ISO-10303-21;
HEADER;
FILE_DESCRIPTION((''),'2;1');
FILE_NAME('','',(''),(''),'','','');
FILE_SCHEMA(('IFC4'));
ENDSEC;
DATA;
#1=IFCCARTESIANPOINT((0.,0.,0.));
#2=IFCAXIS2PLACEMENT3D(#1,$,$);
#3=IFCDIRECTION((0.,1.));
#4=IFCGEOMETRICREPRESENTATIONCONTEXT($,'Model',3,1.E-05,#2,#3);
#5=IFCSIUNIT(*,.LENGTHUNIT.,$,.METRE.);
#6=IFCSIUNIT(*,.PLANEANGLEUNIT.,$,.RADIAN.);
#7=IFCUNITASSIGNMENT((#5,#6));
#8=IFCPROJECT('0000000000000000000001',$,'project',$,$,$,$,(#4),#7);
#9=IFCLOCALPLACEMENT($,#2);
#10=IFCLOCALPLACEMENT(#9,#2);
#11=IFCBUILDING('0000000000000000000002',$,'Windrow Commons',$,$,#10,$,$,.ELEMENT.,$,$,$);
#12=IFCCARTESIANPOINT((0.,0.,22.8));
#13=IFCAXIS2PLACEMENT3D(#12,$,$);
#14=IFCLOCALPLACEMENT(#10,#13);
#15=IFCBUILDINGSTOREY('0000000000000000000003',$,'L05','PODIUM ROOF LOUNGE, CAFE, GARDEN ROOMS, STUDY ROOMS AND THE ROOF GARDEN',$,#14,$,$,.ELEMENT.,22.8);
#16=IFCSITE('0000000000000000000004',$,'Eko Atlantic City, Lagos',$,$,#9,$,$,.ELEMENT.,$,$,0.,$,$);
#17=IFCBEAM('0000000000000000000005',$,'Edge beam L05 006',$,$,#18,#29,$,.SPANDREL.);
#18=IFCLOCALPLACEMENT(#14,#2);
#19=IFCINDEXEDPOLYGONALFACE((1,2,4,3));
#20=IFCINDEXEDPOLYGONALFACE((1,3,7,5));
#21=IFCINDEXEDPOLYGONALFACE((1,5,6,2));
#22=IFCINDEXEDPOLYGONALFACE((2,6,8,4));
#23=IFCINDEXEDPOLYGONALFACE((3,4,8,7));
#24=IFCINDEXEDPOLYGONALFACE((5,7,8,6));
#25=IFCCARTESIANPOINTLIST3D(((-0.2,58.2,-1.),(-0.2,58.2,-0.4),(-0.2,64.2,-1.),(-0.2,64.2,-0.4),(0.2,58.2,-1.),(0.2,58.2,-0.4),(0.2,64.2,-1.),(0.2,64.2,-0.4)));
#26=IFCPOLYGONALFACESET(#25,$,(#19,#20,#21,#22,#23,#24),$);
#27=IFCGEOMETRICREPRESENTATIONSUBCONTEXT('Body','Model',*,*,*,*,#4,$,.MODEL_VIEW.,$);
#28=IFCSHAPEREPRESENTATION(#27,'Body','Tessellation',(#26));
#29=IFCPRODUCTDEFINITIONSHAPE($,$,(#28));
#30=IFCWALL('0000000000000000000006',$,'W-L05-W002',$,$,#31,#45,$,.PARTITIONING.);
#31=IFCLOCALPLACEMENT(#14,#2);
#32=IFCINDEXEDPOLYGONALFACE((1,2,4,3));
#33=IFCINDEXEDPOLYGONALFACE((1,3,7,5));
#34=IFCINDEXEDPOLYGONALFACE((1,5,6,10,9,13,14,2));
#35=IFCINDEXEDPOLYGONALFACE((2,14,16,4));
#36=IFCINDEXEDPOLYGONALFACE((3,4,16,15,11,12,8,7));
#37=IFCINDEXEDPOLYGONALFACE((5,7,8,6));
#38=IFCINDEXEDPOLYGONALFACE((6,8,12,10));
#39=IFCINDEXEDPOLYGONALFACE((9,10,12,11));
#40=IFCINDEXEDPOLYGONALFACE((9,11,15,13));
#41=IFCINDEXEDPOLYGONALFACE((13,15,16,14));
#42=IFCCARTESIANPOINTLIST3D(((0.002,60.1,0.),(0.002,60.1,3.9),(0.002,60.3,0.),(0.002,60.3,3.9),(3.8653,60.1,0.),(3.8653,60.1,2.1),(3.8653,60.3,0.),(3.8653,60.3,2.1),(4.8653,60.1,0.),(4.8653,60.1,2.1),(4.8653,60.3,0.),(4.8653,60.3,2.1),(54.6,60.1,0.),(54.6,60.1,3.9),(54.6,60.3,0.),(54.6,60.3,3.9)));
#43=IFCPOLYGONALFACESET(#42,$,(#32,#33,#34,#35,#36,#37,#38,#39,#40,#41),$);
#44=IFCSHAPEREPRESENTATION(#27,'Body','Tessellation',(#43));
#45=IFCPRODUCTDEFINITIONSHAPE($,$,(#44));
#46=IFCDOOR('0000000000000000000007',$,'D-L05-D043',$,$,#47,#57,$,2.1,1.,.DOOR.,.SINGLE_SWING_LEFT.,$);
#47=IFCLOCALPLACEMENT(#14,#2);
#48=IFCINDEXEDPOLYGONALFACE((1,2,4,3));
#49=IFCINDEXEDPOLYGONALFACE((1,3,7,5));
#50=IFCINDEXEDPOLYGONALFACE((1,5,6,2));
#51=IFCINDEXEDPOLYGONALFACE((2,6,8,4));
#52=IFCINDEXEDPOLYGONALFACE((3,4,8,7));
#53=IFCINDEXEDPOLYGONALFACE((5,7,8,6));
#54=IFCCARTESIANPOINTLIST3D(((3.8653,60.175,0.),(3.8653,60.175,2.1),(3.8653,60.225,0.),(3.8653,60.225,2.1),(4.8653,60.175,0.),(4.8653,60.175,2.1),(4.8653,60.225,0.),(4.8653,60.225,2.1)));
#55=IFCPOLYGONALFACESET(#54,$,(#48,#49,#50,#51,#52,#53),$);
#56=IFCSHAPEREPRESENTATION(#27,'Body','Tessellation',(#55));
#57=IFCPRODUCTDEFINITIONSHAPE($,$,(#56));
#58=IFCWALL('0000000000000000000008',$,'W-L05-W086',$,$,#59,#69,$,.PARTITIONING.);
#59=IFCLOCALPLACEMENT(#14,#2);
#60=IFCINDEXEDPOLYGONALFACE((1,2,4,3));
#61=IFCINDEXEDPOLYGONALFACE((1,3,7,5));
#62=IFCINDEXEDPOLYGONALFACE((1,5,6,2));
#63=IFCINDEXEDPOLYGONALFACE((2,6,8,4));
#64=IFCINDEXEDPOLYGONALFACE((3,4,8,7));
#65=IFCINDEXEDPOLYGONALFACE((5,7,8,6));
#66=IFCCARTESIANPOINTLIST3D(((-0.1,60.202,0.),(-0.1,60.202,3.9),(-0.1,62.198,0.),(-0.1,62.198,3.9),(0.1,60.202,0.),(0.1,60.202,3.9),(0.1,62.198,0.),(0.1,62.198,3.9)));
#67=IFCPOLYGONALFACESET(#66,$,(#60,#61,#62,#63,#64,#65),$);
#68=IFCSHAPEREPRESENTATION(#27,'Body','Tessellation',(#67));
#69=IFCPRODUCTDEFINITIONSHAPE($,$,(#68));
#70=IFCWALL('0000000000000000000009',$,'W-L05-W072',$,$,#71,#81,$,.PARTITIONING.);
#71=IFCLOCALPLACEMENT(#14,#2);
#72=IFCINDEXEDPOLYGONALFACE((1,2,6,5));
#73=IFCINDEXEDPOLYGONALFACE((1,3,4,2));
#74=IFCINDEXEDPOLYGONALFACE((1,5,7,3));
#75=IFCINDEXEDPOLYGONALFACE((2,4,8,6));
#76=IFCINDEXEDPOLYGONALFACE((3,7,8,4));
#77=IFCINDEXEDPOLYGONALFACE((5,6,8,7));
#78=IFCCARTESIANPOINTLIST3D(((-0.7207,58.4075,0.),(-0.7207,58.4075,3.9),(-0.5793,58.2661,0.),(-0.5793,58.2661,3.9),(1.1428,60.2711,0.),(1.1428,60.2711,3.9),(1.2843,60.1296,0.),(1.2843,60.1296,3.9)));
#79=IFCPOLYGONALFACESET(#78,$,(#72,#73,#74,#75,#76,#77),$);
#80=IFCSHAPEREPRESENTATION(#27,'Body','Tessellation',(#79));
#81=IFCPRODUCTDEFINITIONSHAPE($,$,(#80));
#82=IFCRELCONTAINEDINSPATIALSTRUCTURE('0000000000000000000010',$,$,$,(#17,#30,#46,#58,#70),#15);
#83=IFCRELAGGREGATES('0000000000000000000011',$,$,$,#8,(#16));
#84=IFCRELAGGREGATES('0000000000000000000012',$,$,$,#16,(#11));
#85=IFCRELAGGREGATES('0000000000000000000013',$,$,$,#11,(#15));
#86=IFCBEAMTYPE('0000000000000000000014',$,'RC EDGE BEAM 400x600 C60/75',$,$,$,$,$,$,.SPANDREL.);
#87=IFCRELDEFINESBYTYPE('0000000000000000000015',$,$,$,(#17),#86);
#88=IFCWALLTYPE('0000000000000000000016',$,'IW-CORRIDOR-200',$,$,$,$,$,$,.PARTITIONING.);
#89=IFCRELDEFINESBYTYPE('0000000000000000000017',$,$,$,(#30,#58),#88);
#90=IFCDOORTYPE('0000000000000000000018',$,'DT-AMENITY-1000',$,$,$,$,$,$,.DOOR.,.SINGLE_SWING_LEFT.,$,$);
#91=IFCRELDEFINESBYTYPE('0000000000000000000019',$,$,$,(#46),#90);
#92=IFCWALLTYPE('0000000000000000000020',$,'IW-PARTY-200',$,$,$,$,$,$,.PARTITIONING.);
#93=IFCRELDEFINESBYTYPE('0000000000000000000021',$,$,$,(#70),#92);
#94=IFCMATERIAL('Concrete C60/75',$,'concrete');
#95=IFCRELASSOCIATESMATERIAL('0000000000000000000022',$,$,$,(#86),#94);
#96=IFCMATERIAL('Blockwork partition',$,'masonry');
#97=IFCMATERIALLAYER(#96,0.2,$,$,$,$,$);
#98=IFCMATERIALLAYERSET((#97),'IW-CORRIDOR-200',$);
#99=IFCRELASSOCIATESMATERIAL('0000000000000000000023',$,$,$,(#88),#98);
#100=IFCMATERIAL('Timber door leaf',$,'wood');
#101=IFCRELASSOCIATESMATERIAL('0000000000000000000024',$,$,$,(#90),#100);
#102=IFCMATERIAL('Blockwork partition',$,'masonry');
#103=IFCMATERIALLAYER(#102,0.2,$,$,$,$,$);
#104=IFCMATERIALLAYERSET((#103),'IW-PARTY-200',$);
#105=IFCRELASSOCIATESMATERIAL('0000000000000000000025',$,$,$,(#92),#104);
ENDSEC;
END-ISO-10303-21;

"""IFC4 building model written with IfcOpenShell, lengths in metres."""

from ifc_helpers import new_model, si_unit, direction, frame, frame_2d, origin, origin_2d, place, context, subcontext, project, spatial, rectangle, extrude, material, layer, layer_set, material_profile, profile_set, type_object, element, fill, save


model = new_model("IFC4")

# Units and contexts
model_context = context("Model", 3, precision=1e-05, world=origin(), true_north=direction((0.0, 1.0)))
body_context = subcontext(model_context, "Body", "Model", "MODEL_VIEW")
ifc_project = project(units=[si_unit("LENGTHUNIT", "METRE"), si_unit("PLANEANGLEUNIT", "RADIAN")], contexts=[model_context])

# Site, building, storey
site_placement = place(None, origin())
site = spatial("IfcSite", under=ifc_project, at=site_placement, Name="Eko Atlantic City, Lagos", CompositionType="ELEMENT", RefElevation=0.0)
building_placement = place(site_placement, origin())
building = spatial("IfcBuilding", under=site, at=building_placement, Name="Windrow Commons", CompositionType="ELEMENT")
storey_placement = place(building_placement, frame((0.0, 0.0, 22.8)))
storey = spatial("IfcBuildingStorey", under=building, at=storey_placement, Name="L05", Description="PODIUM ROOF LOUNGE, CAFE, GARDEN ROOMS, STUDY ROOMS AND THE ROOF GARDEN", CompositionType="ELEMENT", Elevation=22.8)

# Beam
ifc_material_1 = material(Name="Concrete C60/75", Category="concrete")
ifc_material_profile = material_profile(ifc_material_1, rectangle(XDim=0.4, YDim=0.6, at=origin_2d()))
ifc_profile_set = profile_set([ifc_material_profile], Name="Concrete C60/75")
beam_type = type_object("IfcBeamType", Name="RC EDGE BEAM 400x600 C60/75", PredefinedType="SPANDREL", material=ifc_profile_set)
beam_placement = place(storey_placement, frame((0.0, 58.2, -0.7), z_axis=(0.0, 1.0, 0.0), x_axis=(-1.0, 0.0, 0.0)))
element("IfcBeam", 1, at=beam_placement, inside=storey, type_object=beam_type, Name="Edge beam L05 006", PredefinedType="SPANDREL", context=body_context, shape_type="SweptSolid", body=[
    extrude(rectangle(XDim=0.4, YDim=0.6, at=origin_2d()), origin(), (0.0, 0.0, 1.0), 6.0),
])

# Wall, opening, door
ifc_material_2 = material(Name="Blockwork partition", Category="masonry")
ifc_layer_1 = layer(ifc_material_2, 0.2)
ifc_layer_set_1 = layer_set([ifc_layer_1], Name="IW-CORRIDOR-200")
wall_type_1 = type_object("IfcWallType", Name="IW-CORRIDOR-200", PredefinedType="PARTITIONING", material=ifc_layer_set_1)
wall_1_placement = place(storey_placement, frame((0.002, 60.2, 0.0), z_axis=(0.0, 0.0, 1.0), x_axis=(1.0, 0.0, 0.0)))
wall_1 = element("IfcWall", 2, at=wall_1_placement, inside=storey, type_object=wall_type_1, Name="W-L05-W002", PredefinedType="PARTITIONING", context=body_context, shape_type="SweptSolid", body=[
    extrude(rectangle(XDim=54.598, YDim=0.2, at=frame_2d((27.299, 0.0))), origin(), (0.0, 0.0, 1.0), 3.9),
])
opening_placement = place(wall_1_placement, frame((3.8633, 0.0, 0.0)))
opening = element("IfcOpeningElement", 3, at=opening_placement, cuts=wall_1, PredefinedType="OPENING", context=body_context, shape_type="SweptSolid", body=[
    extrude(rectangle(XDim=1.0, YDim=2.1, at=frame_2d((0.5, 1.05))), frame((0.0, 0.11, 0.0), z_axis=(0.0, -1.0, 0.0), x_axis=(1.0, 0.0, 0.0)), (0.0, 0.0, 1.0), 0.22),
])
ifc_material_3 = material(Name="Timber door leaf", Category="wood")
door_type = type_object("IfcDoorType", Name="DT-AMENITY-1000", OperationType="SINGLE_SWING_LEFT", PredefinedType="DOOR", material=ifc_material_3)
door_placement = place(opening_placement, origin())
door = element("IfcDoor", 4, at=door_placement, inside=storey, type_object=door_type, Name="D-L05-D043", OperationType="SINGLE_SWING_LEFT", OverallHeight=2.1, OverallWidth=1.0, PredefinedType="DOOR", context=body_context, shape_type="SweptSolid", body=[
    extrude(rectangle(XDim=1.0, YDim=2.1, at=frame_2d((0.5, 1.05))), frame((0.0, 0.025, 0.0), z_axis=(0.0, -1.0, 0.0), x_axis=(1.0, 0.0, 0.0)), (0.0, 0.0, 1.0), 0.05),
])
fill(opening, door)

# Walls
wall_2_placement = place(storey_placement, frame((0.0, 60.202, 0.0), z_axis=(0.0, 0.0, 1.0), x_axis=(0.0, 1.0, 0.0)))
element("IfcWall", 5, at=wall_2_placement, inside=storey, type_object=wall_type_1, Name="W-L05-W086", PredefinedType="PARTITIONING", context=body_context, shape_type="SweptSolid", body=[
    extrude(rectangle(XDim=1.996, YDim=0.2, at=frame_2d((0.998, 0.0))), origin(), (0.0, 0.0, 1.0), 3.9),
])
ifc_material_4 = material(Name="Blockwork partition", Category="masonry")
ifc_layer_2 = layer(ifc_material_4, 0.2)
ifc_layer_set_2 = layer_set([ifc_layer_2], Name="IW-PARTY-200")
wall_type_2 = type_object("IfcWallType", Name="IW-PARTY-200", PredefinedType="PARTITIONING", material=ifc_layer_set_2)
wall_3_placement = place(storey_placement, frame((-0.65, 58.3368, 0.0), z_axis=(0.0, 0.0, 1.0), x_axis=(0.707107, 0.707107, 0.0)))
element("IfcWall", 6, at=wall_3_placement, inside=storey, type_object=wall_type_2, Name="W-L05-W072", PredefinedType="PARTITIONING", context=body_context, shape_type="SweptSolid", body=[
    extrude(rectangle(XDim=2.6355, YDim=0.2, at=frame_2d((1.3177, 0.0))), origin(), (0.0, 0.0, 1.0), 3.9),
])

save(model, "model.ifc")
